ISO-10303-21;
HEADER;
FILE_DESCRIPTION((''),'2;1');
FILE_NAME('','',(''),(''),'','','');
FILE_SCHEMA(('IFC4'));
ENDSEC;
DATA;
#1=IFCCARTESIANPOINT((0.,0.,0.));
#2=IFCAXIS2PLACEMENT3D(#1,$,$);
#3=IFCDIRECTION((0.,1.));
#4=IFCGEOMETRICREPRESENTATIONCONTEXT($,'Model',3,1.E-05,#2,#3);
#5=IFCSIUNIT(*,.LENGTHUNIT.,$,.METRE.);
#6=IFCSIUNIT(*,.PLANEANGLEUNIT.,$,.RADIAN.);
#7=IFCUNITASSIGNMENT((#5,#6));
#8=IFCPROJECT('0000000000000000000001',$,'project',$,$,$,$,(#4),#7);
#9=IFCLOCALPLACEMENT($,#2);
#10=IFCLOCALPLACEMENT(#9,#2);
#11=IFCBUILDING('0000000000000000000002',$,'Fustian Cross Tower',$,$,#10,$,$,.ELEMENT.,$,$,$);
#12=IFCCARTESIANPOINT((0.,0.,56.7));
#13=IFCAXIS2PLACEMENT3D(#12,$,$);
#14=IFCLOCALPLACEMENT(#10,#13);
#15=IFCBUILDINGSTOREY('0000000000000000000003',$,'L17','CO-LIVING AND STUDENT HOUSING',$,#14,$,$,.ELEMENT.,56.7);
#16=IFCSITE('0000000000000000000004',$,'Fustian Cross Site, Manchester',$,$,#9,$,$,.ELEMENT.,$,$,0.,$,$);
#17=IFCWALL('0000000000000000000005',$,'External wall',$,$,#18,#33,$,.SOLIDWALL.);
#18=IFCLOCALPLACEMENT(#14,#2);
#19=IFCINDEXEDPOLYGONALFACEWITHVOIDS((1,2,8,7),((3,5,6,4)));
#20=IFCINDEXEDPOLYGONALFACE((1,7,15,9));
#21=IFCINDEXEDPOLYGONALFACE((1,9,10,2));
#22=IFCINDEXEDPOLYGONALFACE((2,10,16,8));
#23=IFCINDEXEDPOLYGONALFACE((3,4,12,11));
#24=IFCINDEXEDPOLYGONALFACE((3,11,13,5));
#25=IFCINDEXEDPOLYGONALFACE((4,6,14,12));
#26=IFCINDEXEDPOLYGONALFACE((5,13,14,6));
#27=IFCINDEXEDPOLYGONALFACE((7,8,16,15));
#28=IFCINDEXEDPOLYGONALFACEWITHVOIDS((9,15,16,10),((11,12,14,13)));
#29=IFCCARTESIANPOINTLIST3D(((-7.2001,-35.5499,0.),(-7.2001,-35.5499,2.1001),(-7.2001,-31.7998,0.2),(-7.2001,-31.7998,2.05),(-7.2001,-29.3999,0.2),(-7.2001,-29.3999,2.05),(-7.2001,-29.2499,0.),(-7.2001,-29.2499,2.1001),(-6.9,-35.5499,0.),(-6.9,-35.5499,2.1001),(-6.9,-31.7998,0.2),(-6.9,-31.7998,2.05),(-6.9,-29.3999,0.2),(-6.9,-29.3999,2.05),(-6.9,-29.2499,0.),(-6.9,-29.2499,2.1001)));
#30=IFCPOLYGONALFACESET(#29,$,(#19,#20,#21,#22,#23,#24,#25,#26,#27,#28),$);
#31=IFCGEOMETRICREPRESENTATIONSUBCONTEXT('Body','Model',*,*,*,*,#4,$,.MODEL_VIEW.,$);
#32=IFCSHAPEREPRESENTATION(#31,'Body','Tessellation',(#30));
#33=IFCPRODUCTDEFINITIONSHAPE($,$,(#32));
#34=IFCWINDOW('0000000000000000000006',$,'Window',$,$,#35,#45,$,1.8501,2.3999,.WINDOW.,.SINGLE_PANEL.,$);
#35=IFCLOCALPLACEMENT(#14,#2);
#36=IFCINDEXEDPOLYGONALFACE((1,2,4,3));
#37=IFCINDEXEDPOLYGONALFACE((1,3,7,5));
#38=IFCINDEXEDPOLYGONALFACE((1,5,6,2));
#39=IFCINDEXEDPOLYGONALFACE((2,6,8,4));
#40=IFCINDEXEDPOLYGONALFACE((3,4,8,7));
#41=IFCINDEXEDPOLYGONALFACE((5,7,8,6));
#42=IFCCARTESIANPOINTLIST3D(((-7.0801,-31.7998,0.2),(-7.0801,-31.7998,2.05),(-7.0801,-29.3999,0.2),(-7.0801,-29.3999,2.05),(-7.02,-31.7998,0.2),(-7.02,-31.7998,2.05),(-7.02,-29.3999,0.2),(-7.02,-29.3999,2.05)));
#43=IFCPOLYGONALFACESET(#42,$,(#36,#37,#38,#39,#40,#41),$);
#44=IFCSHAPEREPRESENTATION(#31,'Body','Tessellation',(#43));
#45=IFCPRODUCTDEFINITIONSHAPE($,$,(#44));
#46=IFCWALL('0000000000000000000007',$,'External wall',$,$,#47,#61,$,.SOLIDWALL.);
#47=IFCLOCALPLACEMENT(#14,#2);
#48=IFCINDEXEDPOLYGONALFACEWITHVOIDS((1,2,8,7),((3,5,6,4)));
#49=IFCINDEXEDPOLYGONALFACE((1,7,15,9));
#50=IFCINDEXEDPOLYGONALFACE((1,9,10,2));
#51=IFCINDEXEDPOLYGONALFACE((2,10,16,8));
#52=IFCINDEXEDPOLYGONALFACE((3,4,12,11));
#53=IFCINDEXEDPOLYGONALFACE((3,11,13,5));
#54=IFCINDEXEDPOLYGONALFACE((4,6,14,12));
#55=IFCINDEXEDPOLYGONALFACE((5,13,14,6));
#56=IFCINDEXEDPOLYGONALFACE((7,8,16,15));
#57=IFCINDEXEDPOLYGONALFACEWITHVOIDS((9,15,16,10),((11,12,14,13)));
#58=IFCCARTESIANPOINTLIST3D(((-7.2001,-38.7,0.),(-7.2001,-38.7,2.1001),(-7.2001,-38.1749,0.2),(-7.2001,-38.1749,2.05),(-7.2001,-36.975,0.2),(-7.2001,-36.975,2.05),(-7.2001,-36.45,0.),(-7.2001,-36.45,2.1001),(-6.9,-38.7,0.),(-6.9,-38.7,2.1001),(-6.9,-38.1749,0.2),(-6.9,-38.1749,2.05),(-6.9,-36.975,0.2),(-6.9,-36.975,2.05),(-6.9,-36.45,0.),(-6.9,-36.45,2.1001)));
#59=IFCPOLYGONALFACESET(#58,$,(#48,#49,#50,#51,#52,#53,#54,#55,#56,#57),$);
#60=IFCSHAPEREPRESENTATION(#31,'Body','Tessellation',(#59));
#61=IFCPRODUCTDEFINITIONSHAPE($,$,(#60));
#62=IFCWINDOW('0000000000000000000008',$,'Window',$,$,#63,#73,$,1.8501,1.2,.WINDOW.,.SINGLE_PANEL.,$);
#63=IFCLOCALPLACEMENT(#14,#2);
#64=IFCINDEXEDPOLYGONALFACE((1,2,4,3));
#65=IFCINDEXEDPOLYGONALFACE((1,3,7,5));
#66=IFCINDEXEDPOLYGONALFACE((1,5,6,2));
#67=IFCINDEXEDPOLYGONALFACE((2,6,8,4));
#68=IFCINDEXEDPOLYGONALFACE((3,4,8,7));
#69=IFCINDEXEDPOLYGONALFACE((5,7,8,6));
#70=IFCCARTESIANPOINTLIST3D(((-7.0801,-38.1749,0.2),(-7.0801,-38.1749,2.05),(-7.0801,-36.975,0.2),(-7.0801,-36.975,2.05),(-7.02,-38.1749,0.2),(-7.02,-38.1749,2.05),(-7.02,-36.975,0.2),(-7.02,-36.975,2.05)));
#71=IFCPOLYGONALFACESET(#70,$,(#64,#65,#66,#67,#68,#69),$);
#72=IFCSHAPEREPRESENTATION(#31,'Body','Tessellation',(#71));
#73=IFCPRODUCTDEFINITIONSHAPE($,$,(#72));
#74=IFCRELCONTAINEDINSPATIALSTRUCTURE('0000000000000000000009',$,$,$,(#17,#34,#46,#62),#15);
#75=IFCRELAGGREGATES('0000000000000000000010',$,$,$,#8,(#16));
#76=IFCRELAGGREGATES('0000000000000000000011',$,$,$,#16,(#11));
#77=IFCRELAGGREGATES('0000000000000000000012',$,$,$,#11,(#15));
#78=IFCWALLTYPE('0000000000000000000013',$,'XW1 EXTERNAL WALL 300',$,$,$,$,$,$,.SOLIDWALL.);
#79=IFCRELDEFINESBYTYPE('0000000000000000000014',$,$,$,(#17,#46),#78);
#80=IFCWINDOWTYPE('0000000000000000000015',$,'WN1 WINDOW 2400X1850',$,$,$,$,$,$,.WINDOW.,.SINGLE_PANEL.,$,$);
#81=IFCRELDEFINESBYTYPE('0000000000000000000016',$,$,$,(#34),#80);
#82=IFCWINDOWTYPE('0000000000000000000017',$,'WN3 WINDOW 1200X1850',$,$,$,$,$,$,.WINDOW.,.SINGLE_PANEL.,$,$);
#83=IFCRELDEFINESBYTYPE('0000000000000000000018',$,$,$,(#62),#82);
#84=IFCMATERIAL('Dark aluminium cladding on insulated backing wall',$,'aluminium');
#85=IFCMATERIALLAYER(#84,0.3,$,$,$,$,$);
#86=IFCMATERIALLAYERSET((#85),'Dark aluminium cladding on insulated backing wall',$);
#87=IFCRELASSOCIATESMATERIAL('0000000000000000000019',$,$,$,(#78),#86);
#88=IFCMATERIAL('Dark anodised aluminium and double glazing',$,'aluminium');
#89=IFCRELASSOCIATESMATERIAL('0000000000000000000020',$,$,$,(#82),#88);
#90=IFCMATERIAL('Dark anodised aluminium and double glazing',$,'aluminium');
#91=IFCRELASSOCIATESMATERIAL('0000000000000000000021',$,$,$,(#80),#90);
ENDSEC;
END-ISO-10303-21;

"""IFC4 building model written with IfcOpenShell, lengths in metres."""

from ifc_helpers import new_model, si_unit, direction, frame, frame_2d, origin, place, context, subcontext, project, spatial, rectangle, extrude, material, layer, layer_set, type_object, element, fill, save


model = new_model("IFC4")

# Units and contexts
model_context = context("Model", 3, precision=1e-05, world=origin(), true_north=direction((0.0, 1.0)))
body_context = subcontext(model_context, "Body", "Model", "MODEL_VIEW")
ifc_project = project(units=[si_unit("LENGTHUNIT", "METRE"), si_unit("PLANEANGLEUNIT", "RADIAN")], contexts=[model_context])

# Site, building, storey
site_placement = place(None, origin())
site = spatial("IfcSite", under=ifc_project, at=site_placement, Name="Fustian Cross Site, Manchester", CompositionType="ELEMENT", RefElevation=0.0)
building_placement = place(site_placement, origin())
building = spatial("IfcBuilding", under=site, at=building_placement, Name="Fustian Cross Tower", CompositionType="ELEMENT")
storey_placement = place(building_placement, frame((0.0, 0.0, 56.7)))
storey = spatial("IfcBuildingStorey", under=building, at=storey_placement, Name="L17", Description="CO-LIVING AND STUDENT HOUSING", CompositionType="ELEMENT", Elevation=56.7)

# Shared definitions
ifc_material_1 = material(Name="Dark aluminium cladding on insulated backing wall", Category="aluminium")
ifc_layer_1 = layer(ifc_material_1, 0.3)
ifc_layer_set_1 = layer_set([ifc_layer_1], Name="Dark aluminium cladding on insulated backing wall")
wall_type_1 = type_object("IfcWallType", Name="XW1 EXTERNAL WALL 300", PredefinedType="SOLIDWALL", material=ifc_layer_set_1)
ifc_material_2 = material(Name="Dark anodised aluminium and double glazing", Category="aluminium")
window_type_1 = type_object("IfcWindowType", Name="WN3 WINDOW 1200X1850", PartitioningType="SINGLE_PANEL", PredefinedType="WINDOW", material=ifc_material_2)

# Walls, openings, windows
wall_1_placement = place(storey_placement, frame((-7.05, -29.25, 0.0), z_axis=(0.0, 0.0, 1.0), x_axis=(0.0, -1.0, 0.0)))
wall_1 = element("IfcWall", 1, at=wall_1_placement, inside=storey, type_object=wall_type_1, Name="External wall", PredefinedType="SOLIDWALL", context=body_context, shape_type="SweptSolid", body=[
    extrude(rectangle(XDim=6.3, YDim=0.3, at=frame_2d((3.1499, 0.0))), origin(), (0.0, 0.0, 1.0), 2.1001),
])
opening_1_placement = place(wall_1_placement, frame((0.1499, 0.0, 0.2)))
opening_1 = element("IfcOpeningElement", 2, at=opening_1_placement, cuts=wall_1, PredefinedType="OPENING", context=body_context, shape_type="SweptSolid", body=[
    extrude(rectangle(XDim=2.3999, YDim=1.8501, at=frame_2d((1.2, 0.925))), frame((0.0, 0.1599, 0.0), z_axis=(0.0, -1.0, 0.0), x_axis=(1.0, 0.0, 0.0)), (0.0, 0.0, 1.0), 0.3201),
])
ifc_material_3 = material(Name="Dark anodised aluminium and double glazing", Category="aluminium")
window_type_2 = type_object("IfcWindowType", Name="WN1 WINDOW 2400X1850", PartitioningType="SINGLE_PANEL", PredefinedType="WINDOW", material=ifc_material_3)
window_1_placement = place(opening_1_placement, origin())
window_1 = element("IfcWindow", 3, at=window_1_placement, inside=storey, type_object=window_type_2, Name="Window", OverallHeight=1.8501, OverallWidth=2.3999, PartitioningType="SINGLE_PANEL", PredefinedType="WINDOW", context=body_context, shape_type="SweptSolid", body=[
    extrude(rectangle(XDim=2.3999, YDim=1.8501, at=frame_2d((1.2, 0.925))), frame((0.0, 0.03, 0.0), z_axis=(0.0, -1.0, 0.0), x_axis=(1.0, 0.0, 0.0)), (0.0, 0.0, 1.0), 0.0601),
])
fill(opening_1, window_1)
wall_2_placement = place(storey_placement, frame((-7.05, -36.45, 0.0), z_axis=(0.0, 0.0, 1.0), x_axis=(0.0, -1.0, 0.0)))
wall_2 = element("IfcWall", 4, at=wall_2_placement, inside=storey, type_object=wall_type_1, Name="External wall", PredefinedType="SOLIDWALL", context=body_context, shape_type="SweptSolid", body=[
    extrude(rectangle(XDim=2.25, YDim=0.3, at=frame_2d((1.125, 0.0))), origin(), (0.0, 0.0, 1.0), 2.1001),
])
opening_2_placement = place(wall_2_placement, frame((0.5249, 0.0, 0.2)))
opening_2 = element("IfcOpeningElement", 5, at=opening_2_placement, cuts=wall_2, PredefinedType="OPENING", context=body_context, shape_type="SweptSolid", body=[
    extrude(rectangle(XDim=1.2, YDim=1.8501, at=frame_2d((0.6001, 0.925))), frame((0.0, 0.1599, 0.0), z_axis=(0.0, -1.0, 0.0), x_axis=(1.0, 0.0, 0.0)), (0.0, 0.0, 1.0), 0.3201),
])
window_2_placement = place(opening_2_placement, origin())
window_2 = element("IfcWindow", 6, at=window_2_placement, inside=storey, type_object=window_type_1, Name="Window", OverallHeight=1.8501, OverallWidth=1.2, PartitioningType="SINGLE_PANEL", PredefinedType="WINDOW", context=body_context, shape_type="SweptSolid", body=[
    extrude(rectangle(XDim=1.2, YDim=1.8501, at=frame_2d((0.6001, 0.925))), frame((0.0, 0.03, 0.0), z_axis=(0.0, -1.0, 0.0), x_axis=(1.0, 0.0, 0.0)), (0.0, 0.0, 1.0), 0.0601),
])
fill(opening_2, window_2)

save(model, "model.ifc")
